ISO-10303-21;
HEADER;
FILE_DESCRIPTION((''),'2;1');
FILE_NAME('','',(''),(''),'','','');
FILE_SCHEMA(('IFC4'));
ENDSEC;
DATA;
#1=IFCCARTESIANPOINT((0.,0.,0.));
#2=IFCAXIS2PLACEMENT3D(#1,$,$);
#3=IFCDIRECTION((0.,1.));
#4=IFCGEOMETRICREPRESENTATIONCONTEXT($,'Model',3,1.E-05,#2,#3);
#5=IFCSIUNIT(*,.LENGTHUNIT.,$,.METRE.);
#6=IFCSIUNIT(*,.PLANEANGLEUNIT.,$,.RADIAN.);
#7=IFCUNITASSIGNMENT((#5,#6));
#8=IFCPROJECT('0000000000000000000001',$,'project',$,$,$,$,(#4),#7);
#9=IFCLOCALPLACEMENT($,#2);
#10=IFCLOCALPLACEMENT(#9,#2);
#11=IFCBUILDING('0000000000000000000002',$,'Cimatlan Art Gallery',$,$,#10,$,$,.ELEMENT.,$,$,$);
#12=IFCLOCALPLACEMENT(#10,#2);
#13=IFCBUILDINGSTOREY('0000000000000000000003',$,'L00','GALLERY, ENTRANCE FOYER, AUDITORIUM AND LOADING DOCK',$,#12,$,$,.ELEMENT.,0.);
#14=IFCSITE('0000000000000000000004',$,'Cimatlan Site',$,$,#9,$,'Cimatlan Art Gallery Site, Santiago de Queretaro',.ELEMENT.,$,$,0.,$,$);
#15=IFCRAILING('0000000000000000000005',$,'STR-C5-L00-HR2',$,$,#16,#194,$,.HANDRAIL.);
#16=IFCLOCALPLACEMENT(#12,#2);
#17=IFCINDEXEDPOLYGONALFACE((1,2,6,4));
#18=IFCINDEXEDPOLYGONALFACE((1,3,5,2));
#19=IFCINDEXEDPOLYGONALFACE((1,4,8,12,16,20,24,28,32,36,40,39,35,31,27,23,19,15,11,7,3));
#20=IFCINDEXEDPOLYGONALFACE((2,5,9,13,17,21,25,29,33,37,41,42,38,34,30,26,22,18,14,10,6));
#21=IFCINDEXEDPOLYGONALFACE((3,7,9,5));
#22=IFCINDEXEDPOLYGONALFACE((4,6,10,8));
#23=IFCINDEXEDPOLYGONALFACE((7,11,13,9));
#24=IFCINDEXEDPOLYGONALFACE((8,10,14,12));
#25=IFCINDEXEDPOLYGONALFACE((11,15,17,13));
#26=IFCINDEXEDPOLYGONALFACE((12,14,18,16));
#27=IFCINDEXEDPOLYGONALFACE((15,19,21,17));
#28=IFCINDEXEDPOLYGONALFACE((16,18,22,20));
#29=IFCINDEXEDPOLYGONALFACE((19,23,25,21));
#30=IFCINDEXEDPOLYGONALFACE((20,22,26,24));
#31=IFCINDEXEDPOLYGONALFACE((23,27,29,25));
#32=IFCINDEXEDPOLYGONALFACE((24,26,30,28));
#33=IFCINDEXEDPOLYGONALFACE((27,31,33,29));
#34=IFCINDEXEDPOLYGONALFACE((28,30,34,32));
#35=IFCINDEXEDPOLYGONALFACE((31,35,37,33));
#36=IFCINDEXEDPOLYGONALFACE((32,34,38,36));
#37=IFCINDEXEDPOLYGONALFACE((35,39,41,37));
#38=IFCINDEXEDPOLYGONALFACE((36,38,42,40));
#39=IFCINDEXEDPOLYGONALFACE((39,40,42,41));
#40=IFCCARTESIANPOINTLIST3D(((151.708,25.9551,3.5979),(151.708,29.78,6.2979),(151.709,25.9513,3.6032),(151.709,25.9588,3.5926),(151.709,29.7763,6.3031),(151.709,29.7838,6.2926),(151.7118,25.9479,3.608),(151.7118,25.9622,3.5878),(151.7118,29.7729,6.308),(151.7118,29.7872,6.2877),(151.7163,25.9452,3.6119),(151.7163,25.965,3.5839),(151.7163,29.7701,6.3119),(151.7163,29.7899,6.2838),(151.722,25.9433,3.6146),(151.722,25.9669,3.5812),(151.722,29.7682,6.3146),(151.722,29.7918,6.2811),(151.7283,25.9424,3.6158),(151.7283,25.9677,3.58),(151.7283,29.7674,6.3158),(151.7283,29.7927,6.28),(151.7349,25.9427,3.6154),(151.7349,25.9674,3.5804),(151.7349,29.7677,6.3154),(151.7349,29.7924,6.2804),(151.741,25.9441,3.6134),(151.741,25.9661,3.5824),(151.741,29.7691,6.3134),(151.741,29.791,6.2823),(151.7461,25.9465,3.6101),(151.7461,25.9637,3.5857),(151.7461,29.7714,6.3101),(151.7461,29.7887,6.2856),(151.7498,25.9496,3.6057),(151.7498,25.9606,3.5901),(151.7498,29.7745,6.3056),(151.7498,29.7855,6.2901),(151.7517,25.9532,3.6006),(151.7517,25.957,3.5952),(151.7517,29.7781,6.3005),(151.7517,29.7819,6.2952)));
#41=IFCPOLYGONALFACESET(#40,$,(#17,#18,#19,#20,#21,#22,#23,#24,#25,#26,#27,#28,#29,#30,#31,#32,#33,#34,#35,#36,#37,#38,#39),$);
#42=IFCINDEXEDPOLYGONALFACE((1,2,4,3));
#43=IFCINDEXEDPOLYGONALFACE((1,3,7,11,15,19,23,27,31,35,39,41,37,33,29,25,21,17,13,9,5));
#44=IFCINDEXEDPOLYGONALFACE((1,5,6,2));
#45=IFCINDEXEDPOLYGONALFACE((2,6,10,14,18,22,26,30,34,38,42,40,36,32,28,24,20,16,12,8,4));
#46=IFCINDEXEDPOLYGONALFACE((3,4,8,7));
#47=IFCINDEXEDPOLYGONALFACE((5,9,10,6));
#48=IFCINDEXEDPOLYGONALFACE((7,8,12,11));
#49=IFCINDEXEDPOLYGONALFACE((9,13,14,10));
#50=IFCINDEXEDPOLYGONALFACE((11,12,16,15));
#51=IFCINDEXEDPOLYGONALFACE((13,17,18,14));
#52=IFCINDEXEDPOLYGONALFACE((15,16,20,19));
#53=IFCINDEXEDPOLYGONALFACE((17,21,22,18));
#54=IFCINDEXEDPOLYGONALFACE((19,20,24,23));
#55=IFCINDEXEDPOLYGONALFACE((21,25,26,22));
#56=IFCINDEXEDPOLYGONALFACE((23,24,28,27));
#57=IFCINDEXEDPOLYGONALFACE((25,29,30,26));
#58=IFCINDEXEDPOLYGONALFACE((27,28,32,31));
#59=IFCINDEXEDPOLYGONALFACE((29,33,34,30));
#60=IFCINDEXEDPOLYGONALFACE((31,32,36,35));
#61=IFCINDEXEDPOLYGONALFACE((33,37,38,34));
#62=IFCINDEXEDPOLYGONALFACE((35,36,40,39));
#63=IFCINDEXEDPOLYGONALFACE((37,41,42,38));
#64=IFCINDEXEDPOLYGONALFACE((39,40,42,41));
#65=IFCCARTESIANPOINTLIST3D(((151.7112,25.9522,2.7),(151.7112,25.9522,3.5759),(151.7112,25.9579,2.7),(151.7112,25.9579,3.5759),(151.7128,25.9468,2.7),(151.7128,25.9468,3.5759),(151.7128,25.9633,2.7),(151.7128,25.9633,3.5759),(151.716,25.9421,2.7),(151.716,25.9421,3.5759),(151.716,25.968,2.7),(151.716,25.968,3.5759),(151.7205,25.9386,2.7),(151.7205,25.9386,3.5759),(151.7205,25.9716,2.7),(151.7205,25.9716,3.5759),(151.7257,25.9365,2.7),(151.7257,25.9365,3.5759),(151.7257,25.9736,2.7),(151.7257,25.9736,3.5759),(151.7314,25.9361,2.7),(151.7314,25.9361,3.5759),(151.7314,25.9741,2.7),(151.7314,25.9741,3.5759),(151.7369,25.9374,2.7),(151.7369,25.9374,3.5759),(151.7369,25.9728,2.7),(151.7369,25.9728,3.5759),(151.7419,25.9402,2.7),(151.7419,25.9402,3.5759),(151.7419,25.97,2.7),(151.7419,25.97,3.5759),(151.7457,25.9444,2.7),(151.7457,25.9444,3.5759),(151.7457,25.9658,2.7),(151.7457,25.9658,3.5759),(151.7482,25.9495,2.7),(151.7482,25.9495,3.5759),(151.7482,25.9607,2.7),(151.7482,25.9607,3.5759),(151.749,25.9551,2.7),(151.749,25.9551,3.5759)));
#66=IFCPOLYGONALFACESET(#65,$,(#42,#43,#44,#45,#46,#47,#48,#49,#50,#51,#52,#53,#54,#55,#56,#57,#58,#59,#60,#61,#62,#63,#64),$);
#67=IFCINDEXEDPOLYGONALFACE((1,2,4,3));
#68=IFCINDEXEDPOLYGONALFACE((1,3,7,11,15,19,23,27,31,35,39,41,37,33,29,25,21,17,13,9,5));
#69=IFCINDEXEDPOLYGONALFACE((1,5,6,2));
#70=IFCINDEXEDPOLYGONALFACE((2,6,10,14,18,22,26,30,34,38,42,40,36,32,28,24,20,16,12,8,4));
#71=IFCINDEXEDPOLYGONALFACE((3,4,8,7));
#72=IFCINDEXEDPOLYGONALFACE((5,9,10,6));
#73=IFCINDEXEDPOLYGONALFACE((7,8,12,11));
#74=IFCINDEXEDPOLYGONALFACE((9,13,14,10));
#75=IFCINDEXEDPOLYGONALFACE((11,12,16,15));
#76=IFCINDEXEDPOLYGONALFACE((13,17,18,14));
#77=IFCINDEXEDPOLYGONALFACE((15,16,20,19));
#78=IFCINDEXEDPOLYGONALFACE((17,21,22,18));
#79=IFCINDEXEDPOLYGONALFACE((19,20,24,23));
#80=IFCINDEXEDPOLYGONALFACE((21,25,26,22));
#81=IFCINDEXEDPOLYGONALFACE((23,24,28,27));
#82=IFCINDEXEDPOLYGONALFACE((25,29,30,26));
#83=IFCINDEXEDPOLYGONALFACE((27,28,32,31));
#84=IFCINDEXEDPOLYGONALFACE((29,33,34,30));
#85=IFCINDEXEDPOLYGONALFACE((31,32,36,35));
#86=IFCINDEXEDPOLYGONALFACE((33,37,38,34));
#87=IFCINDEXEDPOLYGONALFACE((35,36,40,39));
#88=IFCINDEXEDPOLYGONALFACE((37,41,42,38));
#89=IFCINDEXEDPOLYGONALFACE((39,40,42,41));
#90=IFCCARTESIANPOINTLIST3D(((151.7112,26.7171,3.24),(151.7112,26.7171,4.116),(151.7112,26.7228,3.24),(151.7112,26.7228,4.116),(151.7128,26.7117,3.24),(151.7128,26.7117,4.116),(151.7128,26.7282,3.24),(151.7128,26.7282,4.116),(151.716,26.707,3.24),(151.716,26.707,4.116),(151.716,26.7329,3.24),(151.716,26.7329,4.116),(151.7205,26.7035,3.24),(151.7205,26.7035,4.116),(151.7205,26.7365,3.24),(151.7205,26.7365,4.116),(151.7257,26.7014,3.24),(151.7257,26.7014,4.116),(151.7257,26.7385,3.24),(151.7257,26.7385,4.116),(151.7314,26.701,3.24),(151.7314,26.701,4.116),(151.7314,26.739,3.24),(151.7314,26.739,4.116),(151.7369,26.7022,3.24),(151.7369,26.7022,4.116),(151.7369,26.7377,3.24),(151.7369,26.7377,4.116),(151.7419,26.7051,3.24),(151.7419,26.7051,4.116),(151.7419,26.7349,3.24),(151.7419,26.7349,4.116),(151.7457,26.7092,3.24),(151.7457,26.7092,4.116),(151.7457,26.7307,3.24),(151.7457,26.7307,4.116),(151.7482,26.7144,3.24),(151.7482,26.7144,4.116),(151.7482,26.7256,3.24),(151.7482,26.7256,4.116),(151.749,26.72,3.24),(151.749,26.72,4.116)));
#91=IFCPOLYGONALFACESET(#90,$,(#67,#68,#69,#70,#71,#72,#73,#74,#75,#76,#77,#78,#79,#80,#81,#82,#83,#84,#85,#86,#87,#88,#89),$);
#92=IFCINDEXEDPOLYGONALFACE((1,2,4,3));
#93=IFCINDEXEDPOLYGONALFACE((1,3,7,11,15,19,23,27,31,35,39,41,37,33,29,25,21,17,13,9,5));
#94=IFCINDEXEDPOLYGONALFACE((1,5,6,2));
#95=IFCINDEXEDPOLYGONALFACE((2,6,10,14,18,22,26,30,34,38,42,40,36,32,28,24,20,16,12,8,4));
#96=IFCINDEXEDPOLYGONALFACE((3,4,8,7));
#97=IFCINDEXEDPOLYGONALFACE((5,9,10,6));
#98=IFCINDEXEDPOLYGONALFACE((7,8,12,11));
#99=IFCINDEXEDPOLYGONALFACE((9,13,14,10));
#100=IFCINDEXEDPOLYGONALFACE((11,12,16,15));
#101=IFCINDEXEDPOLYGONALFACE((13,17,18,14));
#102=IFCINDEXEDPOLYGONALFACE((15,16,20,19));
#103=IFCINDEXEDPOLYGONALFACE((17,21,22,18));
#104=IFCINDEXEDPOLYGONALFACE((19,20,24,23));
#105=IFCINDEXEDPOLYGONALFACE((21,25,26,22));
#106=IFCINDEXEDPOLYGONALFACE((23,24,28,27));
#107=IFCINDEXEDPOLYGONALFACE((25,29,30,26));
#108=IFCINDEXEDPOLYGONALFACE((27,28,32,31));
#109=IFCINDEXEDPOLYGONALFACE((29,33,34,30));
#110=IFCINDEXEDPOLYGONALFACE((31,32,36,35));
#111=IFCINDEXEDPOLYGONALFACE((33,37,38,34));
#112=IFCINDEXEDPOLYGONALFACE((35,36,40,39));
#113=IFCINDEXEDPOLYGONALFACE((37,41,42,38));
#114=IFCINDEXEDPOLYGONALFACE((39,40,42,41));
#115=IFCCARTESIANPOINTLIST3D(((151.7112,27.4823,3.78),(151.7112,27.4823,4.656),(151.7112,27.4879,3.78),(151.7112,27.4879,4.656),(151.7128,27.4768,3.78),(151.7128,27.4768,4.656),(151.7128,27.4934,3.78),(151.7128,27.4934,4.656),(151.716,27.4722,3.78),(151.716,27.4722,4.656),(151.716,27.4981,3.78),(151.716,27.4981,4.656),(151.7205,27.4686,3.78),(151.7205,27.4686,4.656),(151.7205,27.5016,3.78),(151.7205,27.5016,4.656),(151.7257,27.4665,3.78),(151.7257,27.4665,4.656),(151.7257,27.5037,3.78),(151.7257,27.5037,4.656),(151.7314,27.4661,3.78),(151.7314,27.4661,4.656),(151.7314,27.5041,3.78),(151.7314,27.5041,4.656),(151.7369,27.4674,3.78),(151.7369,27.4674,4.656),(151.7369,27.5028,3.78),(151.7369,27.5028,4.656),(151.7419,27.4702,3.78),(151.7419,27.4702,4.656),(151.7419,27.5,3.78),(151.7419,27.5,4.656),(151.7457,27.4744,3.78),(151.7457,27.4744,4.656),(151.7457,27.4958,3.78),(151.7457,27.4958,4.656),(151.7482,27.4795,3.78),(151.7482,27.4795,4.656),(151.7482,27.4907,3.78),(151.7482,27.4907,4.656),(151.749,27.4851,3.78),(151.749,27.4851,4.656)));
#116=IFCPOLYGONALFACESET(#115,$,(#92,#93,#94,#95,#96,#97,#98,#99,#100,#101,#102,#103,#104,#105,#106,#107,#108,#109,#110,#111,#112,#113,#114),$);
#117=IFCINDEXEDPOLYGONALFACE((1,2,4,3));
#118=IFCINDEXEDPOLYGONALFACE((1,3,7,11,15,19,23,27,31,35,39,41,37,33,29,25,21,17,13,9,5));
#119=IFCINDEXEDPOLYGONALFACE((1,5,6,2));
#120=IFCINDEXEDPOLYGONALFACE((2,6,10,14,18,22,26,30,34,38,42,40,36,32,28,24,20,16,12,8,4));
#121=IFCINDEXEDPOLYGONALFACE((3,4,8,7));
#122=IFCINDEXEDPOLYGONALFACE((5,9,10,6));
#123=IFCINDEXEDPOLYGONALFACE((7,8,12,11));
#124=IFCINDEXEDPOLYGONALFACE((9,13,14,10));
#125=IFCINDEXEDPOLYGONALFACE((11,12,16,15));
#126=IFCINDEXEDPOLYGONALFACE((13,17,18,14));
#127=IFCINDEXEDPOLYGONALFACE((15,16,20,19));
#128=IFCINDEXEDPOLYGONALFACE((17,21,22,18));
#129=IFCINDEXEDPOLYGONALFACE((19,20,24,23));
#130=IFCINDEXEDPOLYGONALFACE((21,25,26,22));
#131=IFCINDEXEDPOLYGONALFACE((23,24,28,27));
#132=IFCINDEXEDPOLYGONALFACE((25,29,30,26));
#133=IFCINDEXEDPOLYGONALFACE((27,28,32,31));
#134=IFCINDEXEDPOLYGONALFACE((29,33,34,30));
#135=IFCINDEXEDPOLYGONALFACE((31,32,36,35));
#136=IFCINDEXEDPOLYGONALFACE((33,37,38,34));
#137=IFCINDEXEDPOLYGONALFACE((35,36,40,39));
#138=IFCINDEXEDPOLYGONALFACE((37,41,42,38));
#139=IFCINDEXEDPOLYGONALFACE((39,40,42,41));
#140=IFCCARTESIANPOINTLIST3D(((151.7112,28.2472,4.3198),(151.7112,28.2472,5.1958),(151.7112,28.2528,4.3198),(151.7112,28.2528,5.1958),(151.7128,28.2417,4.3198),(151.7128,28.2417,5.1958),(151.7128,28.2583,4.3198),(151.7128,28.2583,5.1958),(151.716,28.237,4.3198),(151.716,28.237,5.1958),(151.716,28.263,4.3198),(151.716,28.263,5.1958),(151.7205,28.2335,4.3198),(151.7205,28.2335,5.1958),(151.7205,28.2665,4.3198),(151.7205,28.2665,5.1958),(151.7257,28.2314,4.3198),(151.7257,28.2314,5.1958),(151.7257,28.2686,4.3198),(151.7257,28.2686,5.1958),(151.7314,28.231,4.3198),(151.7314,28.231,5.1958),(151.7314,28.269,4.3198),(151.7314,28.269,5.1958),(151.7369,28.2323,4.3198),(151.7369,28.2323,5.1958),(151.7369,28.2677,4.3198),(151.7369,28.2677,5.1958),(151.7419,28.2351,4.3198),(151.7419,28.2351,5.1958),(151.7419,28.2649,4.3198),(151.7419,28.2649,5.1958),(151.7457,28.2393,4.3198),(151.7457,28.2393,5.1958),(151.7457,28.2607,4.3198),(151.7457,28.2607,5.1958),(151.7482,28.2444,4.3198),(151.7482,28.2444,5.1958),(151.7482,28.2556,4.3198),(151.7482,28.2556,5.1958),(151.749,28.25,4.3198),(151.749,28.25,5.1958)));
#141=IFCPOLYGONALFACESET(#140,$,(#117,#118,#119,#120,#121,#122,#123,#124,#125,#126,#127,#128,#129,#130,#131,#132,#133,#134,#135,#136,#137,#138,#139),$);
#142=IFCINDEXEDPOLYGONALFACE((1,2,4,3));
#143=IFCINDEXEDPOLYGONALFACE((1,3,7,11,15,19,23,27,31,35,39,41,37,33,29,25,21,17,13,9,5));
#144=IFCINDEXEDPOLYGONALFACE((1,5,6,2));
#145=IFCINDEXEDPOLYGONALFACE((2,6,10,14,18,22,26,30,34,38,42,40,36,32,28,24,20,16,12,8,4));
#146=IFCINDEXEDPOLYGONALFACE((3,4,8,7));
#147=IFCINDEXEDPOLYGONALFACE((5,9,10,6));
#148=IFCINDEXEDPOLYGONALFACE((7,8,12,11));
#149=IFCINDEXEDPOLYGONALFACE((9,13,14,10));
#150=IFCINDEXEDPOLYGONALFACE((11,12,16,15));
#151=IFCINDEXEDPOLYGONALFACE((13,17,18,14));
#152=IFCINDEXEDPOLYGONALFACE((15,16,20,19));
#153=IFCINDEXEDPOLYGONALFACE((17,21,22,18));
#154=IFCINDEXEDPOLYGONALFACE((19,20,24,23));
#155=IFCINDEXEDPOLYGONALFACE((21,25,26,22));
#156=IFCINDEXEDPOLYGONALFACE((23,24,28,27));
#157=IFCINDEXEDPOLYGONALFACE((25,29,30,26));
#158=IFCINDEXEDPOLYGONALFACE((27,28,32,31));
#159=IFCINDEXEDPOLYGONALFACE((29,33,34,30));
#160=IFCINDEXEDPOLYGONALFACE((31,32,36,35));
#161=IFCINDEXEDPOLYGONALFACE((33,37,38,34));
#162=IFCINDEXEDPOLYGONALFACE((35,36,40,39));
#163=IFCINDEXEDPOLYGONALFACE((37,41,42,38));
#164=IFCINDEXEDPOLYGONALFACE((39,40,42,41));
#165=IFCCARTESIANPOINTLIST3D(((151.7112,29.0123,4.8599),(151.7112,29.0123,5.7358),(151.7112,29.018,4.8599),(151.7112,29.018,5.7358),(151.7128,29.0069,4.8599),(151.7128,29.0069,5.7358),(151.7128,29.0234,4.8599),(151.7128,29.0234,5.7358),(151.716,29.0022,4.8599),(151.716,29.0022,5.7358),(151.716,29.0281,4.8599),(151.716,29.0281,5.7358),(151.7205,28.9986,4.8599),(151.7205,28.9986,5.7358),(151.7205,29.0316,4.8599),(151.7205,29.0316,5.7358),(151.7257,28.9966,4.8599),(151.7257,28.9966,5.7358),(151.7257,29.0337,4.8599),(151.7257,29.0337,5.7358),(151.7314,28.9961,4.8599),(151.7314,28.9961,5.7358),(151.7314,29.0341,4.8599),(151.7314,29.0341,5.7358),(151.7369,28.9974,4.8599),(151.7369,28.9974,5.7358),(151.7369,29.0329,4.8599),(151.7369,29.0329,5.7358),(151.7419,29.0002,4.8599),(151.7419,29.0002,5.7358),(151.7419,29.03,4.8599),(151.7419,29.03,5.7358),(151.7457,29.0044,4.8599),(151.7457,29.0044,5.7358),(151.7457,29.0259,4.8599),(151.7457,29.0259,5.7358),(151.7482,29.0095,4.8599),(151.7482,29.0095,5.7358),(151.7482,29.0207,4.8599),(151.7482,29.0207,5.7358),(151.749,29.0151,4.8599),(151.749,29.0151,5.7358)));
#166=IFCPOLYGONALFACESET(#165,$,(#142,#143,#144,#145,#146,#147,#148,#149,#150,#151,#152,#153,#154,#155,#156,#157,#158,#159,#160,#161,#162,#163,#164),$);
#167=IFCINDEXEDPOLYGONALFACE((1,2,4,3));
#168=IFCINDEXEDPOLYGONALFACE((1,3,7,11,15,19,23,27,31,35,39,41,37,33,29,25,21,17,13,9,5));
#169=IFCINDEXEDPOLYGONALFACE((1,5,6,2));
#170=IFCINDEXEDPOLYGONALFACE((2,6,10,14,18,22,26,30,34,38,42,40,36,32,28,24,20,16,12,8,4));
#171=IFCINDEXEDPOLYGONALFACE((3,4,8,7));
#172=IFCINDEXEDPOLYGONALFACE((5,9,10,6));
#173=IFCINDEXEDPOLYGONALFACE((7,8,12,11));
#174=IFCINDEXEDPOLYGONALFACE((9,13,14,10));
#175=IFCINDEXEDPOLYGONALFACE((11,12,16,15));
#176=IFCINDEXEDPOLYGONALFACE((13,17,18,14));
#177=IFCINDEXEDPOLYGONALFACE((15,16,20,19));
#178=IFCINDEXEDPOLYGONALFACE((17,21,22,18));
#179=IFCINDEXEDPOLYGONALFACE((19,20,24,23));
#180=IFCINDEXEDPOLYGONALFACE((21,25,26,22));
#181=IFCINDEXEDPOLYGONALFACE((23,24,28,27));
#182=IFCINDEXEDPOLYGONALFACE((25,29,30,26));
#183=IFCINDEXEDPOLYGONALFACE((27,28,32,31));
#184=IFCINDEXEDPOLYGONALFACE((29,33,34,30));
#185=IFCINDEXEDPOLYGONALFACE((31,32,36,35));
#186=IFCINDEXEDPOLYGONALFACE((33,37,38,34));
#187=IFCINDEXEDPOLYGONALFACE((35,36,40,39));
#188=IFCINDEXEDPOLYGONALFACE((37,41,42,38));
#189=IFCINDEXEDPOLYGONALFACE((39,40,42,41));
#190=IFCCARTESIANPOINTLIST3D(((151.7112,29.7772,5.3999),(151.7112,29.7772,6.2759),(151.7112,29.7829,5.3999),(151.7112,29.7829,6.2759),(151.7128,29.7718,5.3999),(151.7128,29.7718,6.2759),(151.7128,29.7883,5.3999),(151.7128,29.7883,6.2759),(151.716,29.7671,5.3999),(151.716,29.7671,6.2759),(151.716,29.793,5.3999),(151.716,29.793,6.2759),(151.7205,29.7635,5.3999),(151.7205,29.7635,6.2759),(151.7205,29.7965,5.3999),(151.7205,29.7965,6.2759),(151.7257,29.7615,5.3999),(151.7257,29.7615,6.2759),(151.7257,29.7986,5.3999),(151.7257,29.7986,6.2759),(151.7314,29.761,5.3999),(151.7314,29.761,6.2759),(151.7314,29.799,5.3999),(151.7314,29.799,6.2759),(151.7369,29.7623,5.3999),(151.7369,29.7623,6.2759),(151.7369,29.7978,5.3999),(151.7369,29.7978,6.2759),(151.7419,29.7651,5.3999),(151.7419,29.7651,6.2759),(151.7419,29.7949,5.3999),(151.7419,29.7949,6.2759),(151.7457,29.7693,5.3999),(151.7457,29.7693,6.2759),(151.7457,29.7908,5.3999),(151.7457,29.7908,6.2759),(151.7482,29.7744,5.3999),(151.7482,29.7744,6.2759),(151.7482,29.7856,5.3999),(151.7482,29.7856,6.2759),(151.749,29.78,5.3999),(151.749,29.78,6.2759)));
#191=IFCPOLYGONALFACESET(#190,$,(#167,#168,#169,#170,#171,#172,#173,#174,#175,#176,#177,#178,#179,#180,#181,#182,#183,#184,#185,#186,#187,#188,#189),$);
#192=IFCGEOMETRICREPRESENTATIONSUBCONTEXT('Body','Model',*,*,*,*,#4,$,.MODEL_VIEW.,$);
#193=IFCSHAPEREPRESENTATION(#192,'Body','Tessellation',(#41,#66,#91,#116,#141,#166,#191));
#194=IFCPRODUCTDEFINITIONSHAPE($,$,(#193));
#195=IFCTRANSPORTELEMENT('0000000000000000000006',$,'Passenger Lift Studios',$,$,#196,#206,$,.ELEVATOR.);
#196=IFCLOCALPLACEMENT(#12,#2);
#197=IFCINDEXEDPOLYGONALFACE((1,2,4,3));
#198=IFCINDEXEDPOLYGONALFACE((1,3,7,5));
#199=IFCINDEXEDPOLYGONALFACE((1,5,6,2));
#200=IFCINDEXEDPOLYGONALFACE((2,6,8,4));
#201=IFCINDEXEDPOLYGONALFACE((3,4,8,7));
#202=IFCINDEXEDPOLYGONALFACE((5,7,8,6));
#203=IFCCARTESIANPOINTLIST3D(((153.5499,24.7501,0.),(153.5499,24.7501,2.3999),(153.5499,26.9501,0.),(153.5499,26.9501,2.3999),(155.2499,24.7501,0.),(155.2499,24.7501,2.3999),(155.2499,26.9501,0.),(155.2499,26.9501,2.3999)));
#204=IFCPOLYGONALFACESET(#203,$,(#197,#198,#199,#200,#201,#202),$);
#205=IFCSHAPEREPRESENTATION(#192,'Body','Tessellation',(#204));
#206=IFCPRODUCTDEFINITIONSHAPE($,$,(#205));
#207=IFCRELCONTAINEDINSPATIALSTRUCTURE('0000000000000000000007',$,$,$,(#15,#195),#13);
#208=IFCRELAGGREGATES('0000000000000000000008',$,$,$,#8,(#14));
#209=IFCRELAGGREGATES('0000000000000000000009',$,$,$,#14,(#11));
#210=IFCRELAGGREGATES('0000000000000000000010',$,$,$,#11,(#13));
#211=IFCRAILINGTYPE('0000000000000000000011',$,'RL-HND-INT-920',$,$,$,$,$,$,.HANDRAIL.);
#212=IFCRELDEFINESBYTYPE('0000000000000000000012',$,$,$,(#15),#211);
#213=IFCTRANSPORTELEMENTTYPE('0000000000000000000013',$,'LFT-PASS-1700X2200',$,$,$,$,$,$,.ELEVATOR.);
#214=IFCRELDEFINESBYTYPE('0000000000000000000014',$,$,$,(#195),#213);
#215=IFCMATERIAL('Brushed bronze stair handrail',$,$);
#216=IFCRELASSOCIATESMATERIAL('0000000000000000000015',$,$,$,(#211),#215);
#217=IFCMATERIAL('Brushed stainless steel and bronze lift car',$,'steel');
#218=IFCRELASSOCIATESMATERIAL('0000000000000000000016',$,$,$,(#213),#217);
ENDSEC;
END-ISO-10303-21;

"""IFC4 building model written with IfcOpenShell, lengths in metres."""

from ifc_helpers import new_model, si_unit, direction, frame, origin, origin_2d, place, context, subcontext, project, spatial, rectangle, circle, extrude, material, type_object, element, save


model = new_model("IFC4")

# Units and contexts
model_context = context("Model", 3, precision=1e-05, world=origin(), true_north=direction((0.0, 1.0)))
body_context = subcontext(model_context, "Body", "Model", "MODEL_VIEW")
ifc_project = project(units=[si_unit("LENGTHUNIT", "METRE"), si_unit("PLANEANGLEUNIT", "RADIAN")], contexts=[model_context])

# Site, building, storey
site_placement = place(None, origin())
site = spatial("IfcSite", under=ifc_project, at=site_placement, Name="Cimatlan Site", LongName="Cimatlan Art Gallery Site, Santiago de Queretaro", CompositionType="ELEMENT", RefElevation=0.0)
building_placement = place(site_placement, origin())
building = spatial("IfcBuilding", under=site, at=building_placement, Name="Cimatlan Art Gallery", CompositionType="ELEMENT")
storey_placement = place(building_placement, origin())
storey = spatial("IfcBuildingStorey", under=building, at=storey_placement, Name="L00", Description="GALLERY, ENTRANCE FOYER, AUDITORIUM AND LOADING DOCK", CompositionType="ELEMENT", Elevation=0.0)

# Railing
ifc_material_1 = material(Name="Brushed bronze stair handrail")
railing_type_1 = type_object("IfcRailingType", Name="RL-HND-INT-920", PredefinedType="HANDRAIL", material=ifc_material_1)
railing_1_placement = place(storey_placement, frame((151.73, 25.9551, 2.7)))
element("IfcRailing", 1, at=railing_1_placement, inside=storey, type_object=railing_type_1, Name="STR-C5-L00-HR2", PredefinedType="HANDRAIL", context=body_context, shape_type="SweptSolid", body=[
    extrude(circle(Radius=0.022, at=origin_2d()), frame((0.0, 0.0, 0.8979), z_axis=(0.0, 0.816969, 0.576681), x_axis=(-1.0, 0.0, 0.0)), (0.0, 0.0, 1.0), 4.6819),
    extrude(circle(Radius=0.019, at=origin_2d()), origin(), (0.0, 0.0, 1.0), 0.876),
    extrude(circle(Radius=0.019, at=origin_2d()), frame((0.0, 0.7649, 0.54)), (0.0, 0.0, 1.0), 0.876),
    extrude(circle(Radius=0.019, at=origin_2d()), frame((0.0, 1.53, 1.0801)), (0.0, 0.0, 1.0), 0.876),
    extrude(circle(Radius=0.019, at=origin_2d()), frame((0.0, 2.2949, 1.6199)), (0.0, 0.0, 1.0), 0.876),
    extrude(circle(Radius=0.019, at=origin_2d()), frame((0.0, 3.0601, 2.1599)), (0.0, 0.0, 1.0), 0.876),
    extrude(circle(Radius=0.019, at=origin_2d()), frame((0.0, 3.825, 2.7)), (0.0, 0.0, 1.0), 0.876),
])

# Transport element
ifc_material_2 = material(Name="Brushed stainless steel and bronze lift car", Category="steel")
transport_element_type = type_object("IfcTransportElementType", Name="LFT-PASS-1700X2200", PredefinedType="ELEVATOR", material=ifc_material_2)
transport_element_placement = place(storey_placement, frame((154.3999, 25.8501, 0.0), z_axis=(0.0, 0.0, 1.0), x_axis=(1.0, 0.0, 0.0)))
element("IfcTransportElement", 2, at=transport_element_placement, inside=storey, type_object=transport_element_type, Name="Passenger Lift Studios", PredefinedType="ELEVATOR", context=body_context, shape_type="SweptSolid", body=[
    extrude(rectangle(XDim=1.7, YDim=2.2, at=origin_2d()), origin(), (0.0, 0.0, 1.0), 2.3999),
])

save(model, "model.ifc")
